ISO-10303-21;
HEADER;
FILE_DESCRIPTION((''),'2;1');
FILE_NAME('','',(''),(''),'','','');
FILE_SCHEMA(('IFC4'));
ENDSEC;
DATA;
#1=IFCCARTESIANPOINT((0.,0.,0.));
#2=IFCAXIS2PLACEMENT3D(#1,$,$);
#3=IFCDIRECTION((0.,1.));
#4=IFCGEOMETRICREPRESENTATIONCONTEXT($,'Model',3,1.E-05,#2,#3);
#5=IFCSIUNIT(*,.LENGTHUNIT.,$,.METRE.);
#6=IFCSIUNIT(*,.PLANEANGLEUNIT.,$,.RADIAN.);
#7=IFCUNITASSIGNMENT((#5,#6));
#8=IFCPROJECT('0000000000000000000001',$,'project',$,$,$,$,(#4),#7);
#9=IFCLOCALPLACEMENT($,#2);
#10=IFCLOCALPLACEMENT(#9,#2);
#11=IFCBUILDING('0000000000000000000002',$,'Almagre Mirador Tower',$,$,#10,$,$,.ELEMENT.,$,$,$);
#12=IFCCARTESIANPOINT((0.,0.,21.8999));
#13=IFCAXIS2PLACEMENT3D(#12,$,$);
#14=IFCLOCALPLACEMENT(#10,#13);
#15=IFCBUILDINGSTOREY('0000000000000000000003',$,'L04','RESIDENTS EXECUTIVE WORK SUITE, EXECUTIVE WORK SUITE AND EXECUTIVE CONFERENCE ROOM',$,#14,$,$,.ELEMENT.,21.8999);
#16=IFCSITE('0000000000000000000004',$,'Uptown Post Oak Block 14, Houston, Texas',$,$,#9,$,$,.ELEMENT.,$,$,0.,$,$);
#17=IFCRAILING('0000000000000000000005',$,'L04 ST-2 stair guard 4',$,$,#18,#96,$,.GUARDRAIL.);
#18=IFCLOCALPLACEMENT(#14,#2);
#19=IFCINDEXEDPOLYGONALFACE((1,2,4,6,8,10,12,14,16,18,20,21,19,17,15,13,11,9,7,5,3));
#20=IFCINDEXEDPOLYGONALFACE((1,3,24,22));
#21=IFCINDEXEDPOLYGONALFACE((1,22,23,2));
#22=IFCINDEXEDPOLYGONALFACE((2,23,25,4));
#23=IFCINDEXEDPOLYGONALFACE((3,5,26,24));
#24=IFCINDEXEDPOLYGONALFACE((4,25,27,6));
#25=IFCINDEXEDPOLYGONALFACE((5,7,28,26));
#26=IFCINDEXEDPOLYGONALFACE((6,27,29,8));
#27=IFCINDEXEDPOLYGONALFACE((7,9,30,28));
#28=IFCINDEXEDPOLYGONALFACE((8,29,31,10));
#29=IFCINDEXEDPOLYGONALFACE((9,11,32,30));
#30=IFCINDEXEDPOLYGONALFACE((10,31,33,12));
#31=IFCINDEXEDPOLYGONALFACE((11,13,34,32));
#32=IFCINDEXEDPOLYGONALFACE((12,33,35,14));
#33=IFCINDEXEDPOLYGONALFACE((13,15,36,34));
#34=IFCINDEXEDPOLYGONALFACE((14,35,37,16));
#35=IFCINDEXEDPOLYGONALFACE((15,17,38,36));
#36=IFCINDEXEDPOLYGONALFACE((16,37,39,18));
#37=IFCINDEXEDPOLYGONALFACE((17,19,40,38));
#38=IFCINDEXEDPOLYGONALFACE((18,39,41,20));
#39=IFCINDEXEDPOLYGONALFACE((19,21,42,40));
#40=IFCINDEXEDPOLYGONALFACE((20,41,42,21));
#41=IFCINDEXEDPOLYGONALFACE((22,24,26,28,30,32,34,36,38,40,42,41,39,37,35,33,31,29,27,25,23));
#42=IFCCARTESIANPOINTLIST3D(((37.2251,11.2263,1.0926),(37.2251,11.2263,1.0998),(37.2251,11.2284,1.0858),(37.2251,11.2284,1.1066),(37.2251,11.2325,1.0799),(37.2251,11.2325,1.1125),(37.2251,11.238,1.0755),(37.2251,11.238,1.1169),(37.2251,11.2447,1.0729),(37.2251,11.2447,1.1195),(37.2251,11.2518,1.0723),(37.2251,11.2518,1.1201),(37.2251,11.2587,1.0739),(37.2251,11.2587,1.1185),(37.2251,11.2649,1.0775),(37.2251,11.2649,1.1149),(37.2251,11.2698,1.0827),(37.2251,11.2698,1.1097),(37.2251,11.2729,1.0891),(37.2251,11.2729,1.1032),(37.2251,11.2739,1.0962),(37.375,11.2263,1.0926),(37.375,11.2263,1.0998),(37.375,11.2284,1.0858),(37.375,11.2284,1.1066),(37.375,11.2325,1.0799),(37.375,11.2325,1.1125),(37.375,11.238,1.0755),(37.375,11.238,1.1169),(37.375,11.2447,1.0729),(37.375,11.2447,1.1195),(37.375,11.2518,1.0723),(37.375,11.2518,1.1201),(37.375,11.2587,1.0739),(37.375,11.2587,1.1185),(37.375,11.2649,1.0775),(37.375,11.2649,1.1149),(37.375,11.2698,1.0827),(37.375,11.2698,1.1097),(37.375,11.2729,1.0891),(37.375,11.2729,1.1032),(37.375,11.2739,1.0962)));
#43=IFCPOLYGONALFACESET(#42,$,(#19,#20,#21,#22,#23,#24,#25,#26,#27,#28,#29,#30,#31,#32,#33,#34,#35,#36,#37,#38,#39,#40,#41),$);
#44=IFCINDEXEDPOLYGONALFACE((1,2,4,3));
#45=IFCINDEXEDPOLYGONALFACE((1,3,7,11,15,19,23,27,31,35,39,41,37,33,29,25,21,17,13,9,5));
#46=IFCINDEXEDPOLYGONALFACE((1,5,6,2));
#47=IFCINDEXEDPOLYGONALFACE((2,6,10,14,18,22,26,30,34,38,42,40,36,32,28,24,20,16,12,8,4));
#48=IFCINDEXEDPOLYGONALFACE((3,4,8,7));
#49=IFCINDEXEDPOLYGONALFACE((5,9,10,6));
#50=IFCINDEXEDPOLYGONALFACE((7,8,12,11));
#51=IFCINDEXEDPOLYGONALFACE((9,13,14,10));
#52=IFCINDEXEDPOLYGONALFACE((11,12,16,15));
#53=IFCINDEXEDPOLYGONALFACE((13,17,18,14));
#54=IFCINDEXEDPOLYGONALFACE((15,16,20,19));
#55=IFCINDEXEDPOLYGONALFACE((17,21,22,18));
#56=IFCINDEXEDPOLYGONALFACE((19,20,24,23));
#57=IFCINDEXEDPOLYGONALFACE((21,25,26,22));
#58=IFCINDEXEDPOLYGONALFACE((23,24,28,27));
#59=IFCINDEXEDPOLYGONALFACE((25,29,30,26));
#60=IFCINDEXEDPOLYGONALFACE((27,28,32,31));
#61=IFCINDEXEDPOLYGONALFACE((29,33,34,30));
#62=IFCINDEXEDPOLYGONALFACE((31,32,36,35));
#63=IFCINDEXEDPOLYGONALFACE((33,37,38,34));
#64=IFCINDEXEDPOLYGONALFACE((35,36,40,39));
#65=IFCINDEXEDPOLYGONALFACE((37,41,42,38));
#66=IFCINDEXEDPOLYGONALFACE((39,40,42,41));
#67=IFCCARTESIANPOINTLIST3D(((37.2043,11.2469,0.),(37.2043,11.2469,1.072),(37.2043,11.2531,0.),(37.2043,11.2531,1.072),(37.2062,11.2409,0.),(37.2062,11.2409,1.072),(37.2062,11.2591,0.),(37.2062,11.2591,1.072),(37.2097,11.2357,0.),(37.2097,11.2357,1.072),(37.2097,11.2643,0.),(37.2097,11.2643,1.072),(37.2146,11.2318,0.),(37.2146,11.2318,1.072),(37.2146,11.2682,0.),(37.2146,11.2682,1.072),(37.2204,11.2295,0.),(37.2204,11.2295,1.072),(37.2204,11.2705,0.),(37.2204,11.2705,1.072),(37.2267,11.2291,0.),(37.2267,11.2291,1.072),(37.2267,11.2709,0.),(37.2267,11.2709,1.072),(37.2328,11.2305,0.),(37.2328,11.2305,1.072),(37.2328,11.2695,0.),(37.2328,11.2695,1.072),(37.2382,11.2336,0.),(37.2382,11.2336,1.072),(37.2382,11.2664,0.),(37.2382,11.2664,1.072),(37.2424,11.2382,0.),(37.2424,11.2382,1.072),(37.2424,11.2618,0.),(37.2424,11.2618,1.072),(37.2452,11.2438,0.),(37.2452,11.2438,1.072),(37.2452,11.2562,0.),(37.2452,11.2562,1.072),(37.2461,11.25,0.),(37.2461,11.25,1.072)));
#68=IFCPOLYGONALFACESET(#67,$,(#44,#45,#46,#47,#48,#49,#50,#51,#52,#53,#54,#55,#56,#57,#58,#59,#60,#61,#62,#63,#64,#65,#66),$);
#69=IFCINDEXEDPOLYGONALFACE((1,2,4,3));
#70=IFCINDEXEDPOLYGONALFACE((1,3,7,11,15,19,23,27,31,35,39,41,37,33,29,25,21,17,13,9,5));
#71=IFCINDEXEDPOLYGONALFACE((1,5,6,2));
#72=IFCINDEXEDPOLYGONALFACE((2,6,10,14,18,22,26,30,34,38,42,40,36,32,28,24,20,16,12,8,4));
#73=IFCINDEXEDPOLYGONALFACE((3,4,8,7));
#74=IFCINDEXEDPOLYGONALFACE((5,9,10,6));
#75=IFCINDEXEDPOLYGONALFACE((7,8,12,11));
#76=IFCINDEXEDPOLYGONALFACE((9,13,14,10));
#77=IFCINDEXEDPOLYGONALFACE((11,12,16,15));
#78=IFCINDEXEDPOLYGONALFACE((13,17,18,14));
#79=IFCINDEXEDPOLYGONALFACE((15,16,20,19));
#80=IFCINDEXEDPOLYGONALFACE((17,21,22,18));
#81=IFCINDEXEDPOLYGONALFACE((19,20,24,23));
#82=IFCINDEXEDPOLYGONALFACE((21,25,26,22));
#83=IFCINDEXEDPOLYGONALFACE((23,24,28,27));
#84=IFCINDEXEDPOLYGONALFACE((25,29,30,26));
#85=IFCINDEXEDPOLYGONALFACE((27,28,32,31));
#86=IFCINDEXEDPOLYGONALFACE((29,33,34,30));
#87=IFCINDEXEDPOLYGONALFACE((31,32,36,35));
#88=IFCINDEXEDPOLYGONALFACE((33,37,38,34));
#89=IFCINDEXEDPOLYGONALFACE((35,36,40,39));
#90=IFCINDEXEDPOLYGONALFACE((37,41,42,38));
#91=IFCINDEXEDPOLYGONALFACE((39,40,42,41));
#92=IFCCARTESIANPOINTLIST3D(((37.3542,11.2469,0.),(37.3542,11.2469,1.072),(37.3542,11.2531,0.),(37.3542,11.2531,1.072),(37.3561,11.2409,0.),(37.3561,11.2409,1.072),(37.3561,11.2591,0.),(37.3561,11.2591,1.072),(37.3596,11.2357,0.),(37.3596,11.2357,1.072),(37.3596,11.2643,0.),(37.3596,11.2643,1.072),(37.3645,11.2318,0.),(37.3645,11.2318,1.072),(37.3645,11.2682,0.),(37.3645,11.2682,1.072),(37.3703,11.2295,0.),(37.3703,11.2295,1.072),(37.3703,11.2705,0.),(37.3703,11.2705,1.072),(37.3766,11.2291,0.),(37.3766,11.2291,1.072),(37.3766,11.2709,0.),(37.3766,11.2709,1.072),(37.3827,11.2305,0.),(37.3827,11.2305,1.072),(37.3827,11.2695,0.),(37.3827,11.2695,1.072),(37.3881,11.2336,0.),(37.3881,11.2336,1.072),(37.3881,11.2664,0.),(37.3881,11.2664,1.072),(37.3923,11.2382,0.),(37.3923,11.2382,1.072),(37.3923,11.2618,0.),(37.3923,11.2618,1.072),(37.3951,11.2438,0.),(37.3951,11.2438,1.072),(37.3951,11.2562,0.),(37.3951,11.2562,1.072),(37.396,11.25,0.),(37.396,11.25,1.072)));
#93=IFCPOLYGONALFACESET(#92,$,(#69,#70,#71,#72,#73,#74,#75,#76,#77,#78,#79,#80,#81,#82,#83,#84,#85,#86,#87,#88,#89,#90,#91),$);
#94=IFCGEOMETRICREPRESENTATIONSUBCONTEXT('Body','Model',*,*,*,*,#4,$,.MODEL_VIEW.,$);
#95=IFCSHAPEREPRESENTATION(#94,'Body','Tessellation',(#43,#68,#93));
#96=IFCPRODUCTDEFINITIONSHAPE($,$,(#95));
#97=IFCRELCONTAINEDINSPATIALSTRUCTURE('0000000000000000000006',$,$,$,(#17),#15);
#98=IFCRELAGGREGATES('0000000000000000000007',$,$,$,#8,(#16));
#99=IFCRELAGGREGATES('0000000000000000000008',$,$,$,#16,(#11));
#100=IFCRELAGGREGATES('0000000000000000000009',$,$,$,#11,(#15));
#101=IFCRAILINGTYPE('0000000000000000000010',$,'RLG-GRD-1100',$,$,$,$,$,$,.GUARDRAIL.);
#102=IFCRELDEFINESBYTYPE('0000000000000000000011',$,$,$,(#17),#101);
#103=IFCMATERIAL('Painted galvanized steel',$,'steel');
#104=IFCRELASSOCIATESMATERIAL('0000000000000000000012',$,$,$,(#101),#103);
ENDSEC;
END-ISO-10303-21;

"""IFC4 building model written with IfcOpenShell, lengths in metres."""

from ifc_helpers import new_model, si_unit, direction, frame, origin, origin_2d, place, context, subcontext, project, spatial, circle, extrude, material, type_object, element, save


model = new_model("IFC4")

# Units and contexts
model_context = context("Model", 3, precision=1e-05, world=origin(), true_north=direction((0.0, 1.0)))
body_context = subcontext(model_context, "Body", "Model", "MODEL_VIEW")
ifc_project = project(units=[si_unit("LENGTHUNIT", "METRE"), si_unit("PLANEANGLEUNIT", "RADIAN")], contexts=[model_context])

# Site, building, storey
site_placement = place(None, origin())
site = spatial("IfcSite", under=ifc_project, at=site_placement, Name="Uptown Post Oak Block 14, Houston, Texas", CompositionType="ELEMENT", RefElevation=0.0)
building_placement = place(site_placement, origin())
building = spatial("IfcBuilding", under=site, at=building_placement, Name="Almagre Mirador Tower", CompositionType="ELEMENT")
storey_placement = place(building_placement, frame((0.0, 0.0, 21.8999)))
storey = spatial("IfcBuildingStorey", under=building, at=storey_placement, Name="L04", Description="RESIDENTS EXECUTIVE WORK SUITE, EXECUTIVE WORK SUITE AND EXECUTIVE CONFERENCE ROOM", CompositionType="ELEMENT", Elevation=21.8999)

# Railing
ifc_material_1 = material(Name="Painted galvanized steel", Category="steel")
railing_type_1 = type_object("IfcRailingType", Name="RLG-GRD-1100", PredefinedType="GUARDRAIL", material=ifc_material_1)
railing_1_placement = place(storey_placement, frame((37.2251, 11.25, 0.0)))
element("IfcRailing", 1, at=railing_1_placement, inside=storey, type_object=railing_type_1, Name="L04 ST-2 stair guard 4", PredefinedType="GUARDRAIL", context=body_context, shape_type="SweptSolid", body=[
    extrude(circle(Radius=0.0239, at=origin_2d()), frame((0.0, 0.0, 1.0962), z_axis=(1.0, 0.0, 0.0), x_axis=(0.0, 1.0, 0.0)), (0.0, 0.0, 1.0), 0.1499),
    extrude(circle(Radius=0.021, at=origin_2d()), origin(), (0.0, 0.0, 1.0), 1.072),
    extrude(circle(Radius=0.021, at=origin_2d()), frame((0.1499, 0.0, 0.0)), (0.0, 0.0, 1.0), 1.072),
])

save(model, "model.ifc")
